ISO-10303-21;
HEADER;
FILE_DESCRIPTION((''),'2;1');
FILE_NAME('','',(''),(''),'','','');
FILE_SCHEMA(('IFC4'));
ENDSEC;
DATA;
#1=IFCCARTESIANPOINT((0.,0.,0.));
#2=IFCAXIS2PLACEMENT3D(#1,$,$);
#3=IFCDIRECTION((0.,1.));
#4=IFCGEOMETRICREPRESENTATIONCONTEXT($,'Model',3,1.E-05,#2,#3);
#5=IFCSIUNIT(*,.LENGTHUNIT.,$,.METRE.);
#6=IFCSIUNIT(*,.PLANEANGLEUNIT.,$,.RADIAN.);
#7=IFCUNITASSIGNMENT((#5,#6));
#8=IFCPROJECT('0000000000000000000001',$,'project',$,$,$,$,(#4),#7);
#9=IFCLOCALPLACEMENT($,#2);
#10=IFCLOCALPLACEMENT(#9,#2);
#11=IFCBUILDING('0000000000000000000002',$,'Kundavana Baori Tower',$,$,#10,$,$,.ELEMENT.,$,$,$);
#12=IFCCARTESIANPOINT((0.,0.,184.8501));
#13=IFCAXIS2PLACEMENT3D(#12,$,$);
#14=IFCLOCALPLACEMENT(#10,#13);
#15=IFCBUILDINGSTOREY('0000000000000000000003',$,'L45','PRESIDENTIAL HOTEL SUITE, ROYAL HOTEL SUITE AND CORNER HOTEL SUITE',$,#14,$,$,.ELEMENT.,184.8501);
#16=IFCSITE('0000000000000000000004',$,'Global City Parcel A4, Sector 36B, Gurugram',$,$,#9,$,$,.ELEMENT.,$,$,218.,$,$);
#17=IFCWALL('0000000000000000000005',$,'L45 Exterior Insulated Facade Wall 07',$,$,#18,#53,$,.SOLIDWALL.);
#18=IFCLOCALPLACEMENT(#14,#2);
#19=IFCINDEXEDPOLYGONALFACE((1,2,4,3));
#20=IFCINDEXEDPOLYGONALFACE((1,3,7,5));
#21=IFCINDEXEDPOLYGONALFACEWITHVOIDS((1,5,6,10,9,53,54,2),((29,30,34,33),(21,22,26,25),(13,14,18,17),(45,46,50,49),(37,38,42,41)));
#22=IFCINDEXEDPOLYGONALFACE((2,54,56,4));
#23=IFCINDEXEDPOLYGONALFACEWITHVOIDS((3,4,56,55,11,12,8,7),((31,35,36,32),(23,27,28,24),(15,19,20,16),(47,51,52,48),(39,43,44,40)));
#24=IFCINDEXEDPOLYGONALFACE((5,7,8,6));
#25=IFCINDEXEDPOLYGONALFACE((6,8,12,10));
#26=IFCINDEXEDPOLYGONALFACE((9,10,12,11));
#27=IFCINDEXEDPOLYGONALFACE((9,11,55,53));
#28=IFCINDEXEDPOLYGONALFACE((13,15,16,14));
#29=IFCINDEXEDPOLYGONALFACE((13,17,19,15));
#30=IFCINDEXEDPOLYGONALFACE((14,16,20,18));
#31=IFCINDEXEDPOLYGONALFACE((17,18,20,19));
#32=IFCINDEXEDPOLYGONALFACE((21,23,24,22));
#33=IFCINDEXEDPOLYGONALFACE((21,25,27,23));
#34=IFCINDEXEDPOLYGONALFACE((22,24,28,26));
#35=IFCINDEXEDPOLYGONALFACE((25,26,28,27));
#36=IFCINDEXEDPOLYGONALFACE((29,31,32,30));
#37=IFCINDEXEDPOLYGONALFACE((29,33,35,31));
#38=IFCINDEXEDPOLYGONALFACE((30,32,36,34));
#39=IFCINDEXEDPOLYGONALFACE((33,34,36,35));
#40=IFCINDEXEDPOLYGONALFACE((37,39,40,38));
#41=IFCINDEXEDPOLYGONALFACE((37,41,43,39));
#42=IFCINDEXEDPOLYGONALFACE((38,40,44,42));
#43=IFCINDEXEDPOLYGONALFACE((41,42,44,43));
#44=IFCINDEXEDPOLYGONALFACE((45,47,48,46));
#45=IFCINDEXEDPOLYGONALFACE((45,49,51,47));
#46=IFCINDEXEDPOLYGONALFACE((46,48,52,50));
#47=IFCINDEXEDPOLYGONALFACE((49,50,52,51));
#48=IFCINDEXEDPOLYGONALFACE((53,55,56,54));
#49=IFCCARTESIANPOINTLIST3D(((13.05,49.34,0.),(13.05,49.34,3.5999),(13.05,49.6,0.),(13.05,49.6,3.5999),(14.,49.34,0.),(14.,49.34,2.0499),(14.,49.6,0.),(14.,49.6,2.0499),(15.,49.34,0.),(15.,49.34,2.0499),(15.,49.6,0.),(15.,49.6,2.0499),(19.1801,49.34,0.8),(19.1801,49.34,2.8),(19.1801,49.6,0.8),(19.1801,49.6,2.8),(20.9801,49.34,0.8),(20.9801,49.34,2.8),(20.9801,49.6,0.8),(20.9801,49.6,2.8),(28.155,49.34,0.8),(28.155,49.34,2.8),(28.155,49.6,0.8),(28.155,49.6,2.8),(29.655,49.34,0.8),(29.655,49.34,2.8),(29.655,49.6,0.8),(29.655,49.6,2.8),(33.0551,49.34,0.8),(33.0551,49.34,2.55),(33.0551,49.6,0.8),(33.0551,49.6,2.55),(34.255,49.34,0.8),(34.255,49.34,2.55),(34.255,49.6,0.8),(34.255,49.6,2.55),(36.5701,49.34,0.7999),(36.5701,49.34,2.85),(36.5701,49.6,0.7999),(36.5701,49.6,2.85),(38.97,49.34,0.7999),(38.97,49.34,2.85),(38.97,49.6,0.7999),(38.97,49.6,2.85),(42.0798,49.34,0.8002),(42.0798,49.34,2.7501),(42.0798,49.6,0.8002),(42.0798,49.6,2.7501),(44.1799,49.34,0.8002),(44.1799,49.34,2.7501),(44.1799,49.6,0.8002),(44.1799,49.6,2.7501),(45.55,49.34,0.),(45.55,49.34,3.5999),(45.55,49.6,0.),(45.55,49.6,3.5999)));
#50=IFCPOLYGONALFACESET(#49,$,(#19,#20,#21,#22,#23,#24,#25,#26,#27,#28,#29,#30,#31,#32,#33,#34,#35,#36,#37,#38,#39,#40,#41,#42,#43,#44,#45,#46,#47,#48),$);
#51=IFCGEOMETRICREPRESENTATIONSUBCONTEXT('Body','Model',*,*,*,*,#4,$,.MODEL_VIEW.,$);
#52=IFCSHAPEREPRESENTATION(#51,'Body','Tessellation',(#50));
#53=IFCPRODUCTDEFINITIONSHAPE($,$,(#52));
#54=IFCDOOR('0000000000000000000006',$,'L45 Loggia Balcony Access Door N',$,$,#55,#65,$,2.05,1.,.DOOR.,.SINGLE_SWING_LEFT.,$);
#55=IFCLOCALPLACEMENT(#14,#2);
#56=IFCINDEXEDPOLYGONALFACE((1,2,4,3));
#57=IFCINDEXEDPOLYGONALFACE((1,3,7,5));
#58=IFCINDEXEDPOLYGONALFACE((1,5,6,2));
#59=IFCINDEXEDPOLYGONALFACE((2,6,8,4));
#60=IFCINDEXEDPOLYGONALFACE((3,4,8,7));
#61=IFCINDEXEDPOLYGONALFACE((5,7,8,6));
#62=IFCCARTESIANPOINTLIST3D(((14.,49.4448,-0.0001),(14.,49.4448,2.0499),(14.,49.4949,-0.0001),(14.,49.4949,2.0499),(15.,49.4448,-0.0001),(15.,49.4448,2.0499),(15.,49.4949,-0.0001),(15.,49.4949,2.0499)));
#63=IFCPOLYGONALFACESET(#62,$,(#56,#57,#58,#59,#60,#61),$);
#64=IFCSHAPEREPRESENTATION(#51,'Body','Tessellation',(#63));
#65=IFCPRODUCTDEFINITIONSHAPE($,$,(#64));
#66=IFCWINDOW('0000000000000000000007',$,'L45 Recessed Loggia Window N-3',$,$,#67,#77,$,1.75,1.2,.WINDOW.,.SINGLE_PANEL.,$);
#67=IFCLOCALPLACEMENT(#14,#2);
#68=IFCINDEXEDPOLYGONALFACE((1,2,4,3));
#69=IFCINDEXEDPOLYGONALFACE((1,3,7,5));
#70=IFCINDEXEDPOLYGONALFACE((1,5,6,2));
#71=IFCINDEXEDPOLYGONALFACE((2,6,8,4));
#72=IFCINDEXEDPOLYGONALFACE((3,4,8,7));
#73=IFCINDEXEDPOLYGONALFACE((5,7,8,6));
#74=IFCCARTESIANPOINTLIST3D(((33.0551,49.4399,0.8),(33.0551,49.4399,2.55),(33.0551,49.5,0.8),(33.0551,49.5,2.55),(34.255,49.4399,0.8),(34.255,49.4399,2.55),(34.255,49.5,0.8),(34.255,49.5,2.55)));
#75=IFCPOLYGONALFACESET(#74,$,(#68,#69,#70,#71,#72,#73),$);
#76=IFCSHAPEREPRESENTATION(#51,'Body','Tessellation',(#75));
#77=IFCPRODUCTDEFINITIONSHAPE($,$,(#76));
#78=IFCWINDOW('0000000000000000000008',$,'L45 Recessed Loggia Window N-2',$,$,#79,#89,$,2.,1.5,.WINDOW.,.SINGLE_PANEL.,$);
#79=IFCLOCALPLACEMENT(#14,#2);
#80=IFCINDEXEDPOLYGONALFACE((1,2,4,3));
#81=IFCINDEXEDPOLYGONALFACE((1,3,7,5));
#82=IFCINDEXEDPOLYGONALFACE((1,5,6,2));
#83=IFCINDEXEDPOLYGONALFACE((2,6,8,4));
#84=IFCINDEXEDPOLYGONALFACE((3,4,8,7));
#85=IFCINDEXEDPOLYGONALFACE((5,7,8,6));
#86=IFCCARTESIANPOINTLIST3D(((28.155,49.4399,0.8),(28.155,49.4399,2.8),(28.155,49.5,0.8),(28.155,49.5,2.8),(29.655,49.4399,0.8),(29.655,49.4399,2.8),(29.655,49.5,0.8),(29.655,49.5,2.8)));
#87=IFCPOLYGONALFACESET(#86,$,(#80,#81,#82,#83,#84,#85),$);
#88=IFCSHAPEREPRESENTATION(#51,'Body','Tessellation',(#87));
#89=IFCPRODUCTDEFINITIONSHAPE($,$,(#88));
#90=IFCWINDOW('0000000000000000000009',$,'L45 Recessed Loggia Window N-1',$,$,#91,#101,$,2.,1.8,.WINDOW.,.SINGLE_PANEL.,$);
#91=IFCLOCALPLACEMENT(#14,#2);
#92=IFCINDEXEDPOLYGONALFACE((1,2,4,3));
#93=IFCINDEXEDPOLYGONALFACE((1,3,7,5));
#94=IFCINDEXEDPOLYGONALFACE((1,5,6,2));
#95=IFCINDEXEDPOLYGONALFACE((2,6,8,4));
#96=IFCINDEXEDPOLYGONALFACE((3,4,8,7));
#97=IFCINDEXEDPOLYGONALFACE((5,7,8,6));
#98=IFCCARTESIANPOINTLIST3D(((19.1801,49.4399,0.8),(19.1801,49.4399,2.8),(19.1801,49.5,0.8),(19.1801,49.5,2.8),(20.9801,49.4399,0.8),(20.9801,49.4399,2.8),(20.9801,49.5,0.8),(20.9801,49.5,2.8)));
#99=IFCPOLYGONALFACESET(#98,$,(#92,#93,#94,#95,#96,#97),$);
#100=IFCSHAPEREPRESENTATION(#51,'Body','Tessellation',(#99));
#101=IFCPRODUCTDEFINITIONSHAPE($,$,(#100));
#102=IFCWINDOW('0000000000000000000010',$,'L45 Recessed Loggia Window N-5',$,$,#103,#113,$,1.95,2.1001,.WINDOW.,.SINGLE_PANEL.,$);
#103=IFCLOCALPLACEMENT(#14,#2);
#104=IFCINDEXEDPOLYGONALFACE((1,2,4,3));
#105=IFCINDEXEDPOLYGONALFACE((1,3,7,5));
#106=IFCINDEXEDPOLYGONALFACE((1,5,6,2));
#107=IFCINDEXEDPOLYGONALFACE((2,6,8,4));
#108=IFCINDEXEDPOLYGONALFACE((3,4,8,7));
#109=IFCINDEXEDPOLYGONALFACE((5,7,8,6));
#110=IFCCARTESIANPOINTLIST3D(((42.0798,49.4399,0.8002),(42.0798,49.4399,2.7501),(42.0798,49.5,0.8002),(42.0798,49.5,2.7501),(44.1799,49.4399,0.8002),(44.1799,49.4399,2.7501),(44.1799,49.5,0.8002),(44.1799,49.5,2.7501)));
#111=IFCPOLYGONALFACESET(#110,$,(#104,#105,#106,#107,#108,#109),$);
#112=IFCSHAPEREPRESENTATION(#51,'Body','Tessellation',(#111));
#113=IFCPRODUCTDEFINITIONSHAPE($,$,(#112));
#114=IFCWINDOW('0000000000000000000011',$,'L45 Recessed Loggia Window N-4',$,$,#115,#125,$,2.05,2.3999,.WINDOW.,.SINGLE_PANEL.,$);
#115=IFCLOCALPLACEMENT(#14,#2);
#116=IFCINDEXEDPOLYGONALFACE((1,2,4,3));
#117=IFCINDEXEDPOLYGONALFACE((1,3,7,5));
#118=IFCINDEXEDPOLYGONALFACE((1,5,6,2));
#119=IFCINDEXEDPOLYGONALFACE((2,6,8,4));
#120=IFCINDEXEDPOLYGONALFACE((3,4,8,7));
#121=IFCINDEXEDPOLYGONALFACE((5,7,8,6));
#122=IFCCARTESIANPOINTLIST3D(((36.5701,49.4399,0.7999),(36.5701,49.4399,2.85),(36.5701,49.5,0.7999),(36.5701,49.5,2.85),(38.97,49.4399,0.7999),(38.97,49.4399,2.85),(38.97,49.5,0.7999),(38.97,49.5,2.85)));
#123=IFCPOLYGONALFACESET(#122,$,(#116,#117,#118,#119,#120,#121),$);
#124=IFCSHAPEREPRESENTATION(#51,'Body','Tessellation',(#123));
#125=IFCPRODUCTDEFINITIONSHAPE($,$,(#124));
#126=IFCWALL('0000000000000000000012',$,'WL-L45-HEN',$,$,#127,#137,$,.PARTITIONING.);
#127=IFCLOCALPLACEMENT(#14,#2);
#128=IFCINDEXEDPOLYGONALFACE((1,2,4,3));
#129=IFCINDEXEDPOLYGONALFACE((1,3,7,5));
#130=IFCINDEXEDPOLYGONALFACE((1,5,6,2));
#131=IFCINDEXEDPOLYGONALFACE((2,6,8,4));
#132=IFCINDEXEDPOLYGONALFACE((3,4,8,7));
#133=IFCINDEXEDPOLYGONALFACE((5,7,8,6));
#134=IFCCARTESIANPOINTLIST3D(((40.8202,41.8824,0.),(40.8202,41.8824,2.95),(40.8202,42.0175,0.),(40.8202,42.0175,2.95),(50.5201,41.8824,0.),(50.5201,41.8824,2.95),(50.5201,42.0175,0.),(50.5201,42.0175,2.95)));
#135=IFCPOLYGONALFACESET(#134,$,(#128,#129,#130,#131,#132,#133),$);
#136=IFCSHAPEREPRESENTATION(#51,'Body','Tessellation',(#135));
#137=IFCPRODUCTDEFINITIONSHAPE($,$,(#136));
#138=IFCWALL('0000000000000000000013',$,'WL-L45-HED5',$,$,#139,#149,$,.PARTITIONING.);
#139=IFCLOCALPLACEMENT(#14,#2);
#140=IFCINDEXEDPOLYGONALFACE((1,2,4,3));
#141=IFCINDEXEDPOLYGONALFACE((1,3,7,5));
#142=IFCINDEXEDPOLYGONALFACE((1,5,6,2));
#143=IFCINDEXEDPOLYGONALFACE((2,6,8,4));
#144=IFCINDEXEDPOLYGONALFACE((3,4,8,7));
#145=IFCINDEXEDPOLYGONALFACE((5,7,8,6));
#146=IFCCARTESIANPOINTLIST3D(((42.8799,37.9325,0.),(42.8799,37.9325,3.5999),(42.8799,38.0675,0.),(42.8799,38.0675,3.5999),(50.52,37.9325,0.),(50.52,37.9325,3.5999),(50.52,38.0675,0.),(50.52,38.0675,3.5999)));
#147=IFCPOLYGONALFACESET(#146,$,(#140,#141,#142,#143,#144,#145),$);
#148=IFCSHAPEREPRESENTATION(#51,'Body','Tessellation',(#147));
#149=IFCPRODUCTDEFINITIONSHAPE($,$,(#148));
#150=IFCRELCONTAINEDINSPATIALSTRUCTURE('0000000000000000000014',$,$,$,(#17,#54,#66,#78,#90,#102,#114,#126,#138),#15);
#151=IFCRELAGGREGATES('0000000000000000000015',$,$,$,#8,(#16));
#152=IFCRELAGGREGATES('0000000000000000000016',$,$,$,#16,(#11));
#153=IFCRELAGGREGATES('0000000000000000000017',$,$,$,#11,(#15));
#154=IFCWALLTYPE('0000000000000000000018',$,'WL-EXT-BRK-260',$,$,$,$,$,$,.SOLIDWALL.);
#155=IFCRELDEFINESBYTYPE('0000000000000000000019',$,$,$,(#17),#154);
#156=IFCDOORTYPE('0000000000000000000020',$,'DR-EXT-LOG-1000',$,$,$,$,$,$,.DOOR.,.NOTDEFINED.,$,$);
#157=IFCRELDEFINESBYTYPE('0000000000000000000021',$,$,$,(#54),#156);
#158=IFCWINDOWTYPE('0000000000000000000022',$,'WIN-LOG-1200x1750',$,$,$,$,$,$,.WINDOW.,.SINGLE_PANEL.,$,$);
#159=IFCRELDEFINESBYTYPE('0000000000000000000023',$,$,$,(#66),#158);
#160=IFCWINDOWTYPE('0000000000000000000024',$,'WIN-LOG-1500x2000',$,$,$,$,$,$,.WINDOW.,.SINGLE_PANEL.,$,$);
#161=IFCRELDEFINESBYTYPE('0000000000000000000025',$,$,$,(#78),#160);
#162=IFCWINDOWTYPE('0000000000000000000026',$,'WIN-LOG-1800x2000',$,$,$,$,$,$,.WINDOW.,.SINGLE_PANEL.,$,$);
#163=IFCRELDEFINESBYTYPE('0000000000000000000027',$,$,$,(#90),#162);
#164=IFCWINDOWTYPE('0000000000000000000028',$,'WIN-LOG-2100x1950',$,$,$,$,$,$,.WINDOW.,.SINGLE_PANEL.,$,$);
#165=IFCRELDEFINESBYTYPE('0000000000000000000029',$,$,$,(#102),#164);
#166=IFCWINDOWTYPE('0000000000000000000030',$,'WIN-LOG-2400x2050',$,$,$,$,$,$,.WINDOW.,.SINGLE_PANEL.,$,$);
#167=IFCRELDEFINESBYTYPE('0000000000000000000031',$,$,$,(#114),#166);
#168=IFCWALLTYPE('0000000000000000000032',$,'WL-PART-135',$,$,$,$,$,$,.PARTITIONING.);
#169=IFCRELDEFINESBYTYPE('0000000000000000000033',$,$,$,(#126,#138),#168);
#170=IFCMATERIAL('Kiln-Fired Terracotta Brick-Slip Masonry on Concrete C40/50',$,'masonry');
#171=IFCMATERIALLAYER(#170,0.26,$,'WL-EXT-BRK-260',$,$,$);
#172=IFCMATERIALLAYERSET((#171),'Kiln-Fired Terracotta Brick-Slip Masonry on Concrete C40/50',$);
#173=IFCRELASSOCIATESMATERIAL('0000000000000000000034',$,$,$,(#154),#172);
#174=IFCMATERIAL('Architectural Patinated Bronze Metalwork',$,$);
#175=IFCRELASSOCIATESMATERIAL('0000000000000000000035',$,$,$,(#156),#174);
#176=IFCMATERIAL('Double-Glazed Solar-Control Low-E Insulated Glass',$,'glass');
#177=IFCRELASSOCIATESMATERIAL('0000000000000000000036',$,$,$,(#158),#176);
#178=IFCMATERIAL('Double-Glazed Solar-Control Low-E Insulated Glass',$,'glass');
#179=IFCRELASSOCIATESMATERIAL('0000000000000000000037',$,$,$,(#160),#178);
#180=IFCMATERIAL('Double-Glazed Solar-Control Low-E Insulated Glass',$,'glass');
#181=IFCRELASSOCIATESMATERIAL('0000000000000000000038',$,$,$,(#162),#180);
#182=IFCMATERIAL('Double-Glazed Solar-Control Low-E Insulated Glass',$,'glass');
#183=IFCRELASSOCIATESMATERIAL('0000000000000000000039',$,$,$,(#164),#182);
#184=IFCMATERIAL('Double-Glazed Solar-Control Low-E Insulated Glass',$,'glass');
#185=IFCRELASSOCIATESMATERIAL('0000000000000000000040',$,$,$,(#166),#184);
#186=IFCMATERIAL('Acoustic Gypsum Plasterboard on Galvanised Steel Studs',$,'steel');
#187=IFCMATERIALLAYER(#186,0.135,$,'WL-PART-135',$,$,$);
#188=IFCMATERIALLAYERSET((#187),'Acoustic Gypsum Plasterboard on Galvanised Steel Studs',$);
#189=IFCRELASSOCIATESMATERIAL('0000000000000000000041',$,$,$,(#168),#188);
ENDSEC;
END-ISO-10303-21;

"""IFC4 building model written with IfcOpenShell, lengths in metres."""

from ifc_helpers import new_model, si_unit, direction, frame, frame_2d, origin, place, context, subcontext, project, spatial, rectangle, extrude, material, layer, layer_set, type_object, element, fill, save


model = new_model("IFC4")

# Units and contexts
model_context = context("Model", 3, precision=1e-05, world=origin(), true_north=direction((0.0, 1.0)))
body_context = subcontext(model_context, "Body", "Model", "MODEL_VIEW")
ifc_project = project(units=[si_unit("LENGTHUNIT", "METRE"), si_unit("PLANEANGLEUNIT", "RADIAN")], contexts=[model_context])

# Site, building, storey
site_placement = place(None, origin())
site = spatial("IfcSite", under=ifc_project, at=site_placement, Name="Global City Parcel A4, Sector 36B, Gurugram", CompositionType="ELEMENT", RefElevation=218.0)
building_placement = place(site_placement, origin())
building = spatial("IfcBuilding", under=site, at=building_placement, Name="Kundavana Baori Tower", CompositionType="ELEMENT")
storey_placement = place(building_placement, frame((0.0, 0.0, 184.8501)))
storey = spatial("IfcBuildingStorey", under=building, at=storey_placement, Name="L45", Description="PRESIDENTIAL HOTEL SUITE, ROYAL HOTEL SUITE AND CORNER HOTEL SUITE", CompositionType="ELEMENT", Elevation=184.8501)

# Shared definitions
ifc_material_1 = material(Name="Kiln-Fired Terracotta Brick-Slip Masonry on Concrete C40/50", Category="masonry")
ifc_layer_1 = layer(ifc_material_1, 0.26, Name="WL-EXT-BRK-260")
ifc_layer_set_1 = layer_set([ifc_layer_1], Name="Kiln-Fired Terracotta Brick-Slip Masonry on Concrete C40/50")
wall_type_1 = type_object("IfcWallType", Name="WL-EXT-BRK-260", PredefinedType="SOLIDWALL", material=ifc_layer_set_1)

# Wall, openings, door, windows
wall_1_placement = place(storey_placement, frame((45.55, 49.47, 0.0), z_axis=(0.0, 0.0, 1.0), x_axis=(-1.0, 0.0, 0.0)))
wall_1 = element("IfcWall", 1, at=wall_1_placement, inside=storey, type_object=wall_type_1, Name="L45 Exterior Insulated Facade Wall 07", PredefinedType="SOLIDWALL", context=body_context, shape_type="SweptSolid", body=[
    extrude(rectangle(XDim=32.5, YDim=0.26, at=frame_2d((16.25, 0.0))), origin(), (0.0, 0.0, 1.0), 3.5999),
])
opening_1_placement = place(wall_1_placement, frame((30.55, 0.0, 0.0)))
opening_1 = element("IfcOpeningElement", 2, at=opening_1_placement, cuts=wall_1, PredefinedType="OPENING", context=body_context, shape_type="SweptSolid", body=[
    extrude(rectangle(XDim=1.0, YDim=2.05, at=frame_2d((0.5, 1.0249))), frame((0.0, 0.1401, 0.0), z_axis=(0.0, -1.0, 0.0), x_axis=(1.0, 0.0, 0.0)), (0.0, 0.0, 1.0), 0.28),
])
opening_2_placement = place(wall_1_placement, frame((24.5701, 0.0, 0.8)))
opening_2 = element("IfcOpeningElement", 3, at=opening_2_placement, cuts=wall_1, PredefinedType="OPENING", context=body_context, shape_type="SweptSolid", body=[
    extrude(rectangle(XDim=1.8, YDim=2.0, at=frame_2d((0.8999, 1.0))), frame((0.0, 0.1401, 0.0), z_axis=(0.0, -1.0, 0.0), x_axis=(1.0, 0.0, 0.0)), (0.0, 0.0, 1.0), 0.28),
])
opening_3_placement = place(wall_1_placement, frame((15.895, 0.0, 0.8)))
opening_3 = element("IfcOpeningElement", 4, at=opening_3_placement, cuts=wall_1, PredefinedType="OPENING", context=body_context, shape_type="SweptSolid", body=[
    extrude(rectangle(XDim=1.5, YDim=2.0, at=frame_2d((0.75, 1.0))), frame((0.0, 0.1401, 0.0), z_axis=(0.0, -1.0, 0.0), x_axis=(1.0, 0.0, 0.0)), (0.0, 0.0, 1.0), 0.28),
])
opening_4_placement = place(wall_1_placement, frame((11.2949, 0.0, 0.8)))
opening_4 = element("IfcOpeningElement", 5, at=opening_4_placement, cuts=wall_1, PredefinedType="OPENING", context=body_context, shape_type="SweptSolid", body=[
    extrude(rectangle(XDim=1.2, YDim=1.75, at=frame_2d((0.6001, 0.875))), frame((0.0, 0.1401, 0.0), z_axis=(0.0, -1.0, 0.0), x_axis=(1.0, 0.0, 0.0)), (0.0, 0.0, 1.0), 0.28),
])
opening_5_placement = place(wall_1_placement, frame((6.5801, 0.0, 0.8)))
opening_5 = element("IfcOpeningElement", 6, at=opening_5_placement, cuts=wall_1, PredefinedType="OPENING", context=body_context, shape_type="SweptSolid", body=[
    extrude(rectangle(XDim=2.3999, YDim=2.05, at=frame_2d((1.2, 1.0249))), frame((0.0, 0.1401, 0.0), z_axis=(0.0, -1.0, 0.0), x_axis=(1.0, 0.0, 0.0)), (0.0, 0.0, 1.0), 0.28),
])
opening_6_placement = place(wall_1_placement, frame((1.3701, 0.0, 0.8)))
opening_6 = element("IfcOpeningElement", 7, at=opening_6_placement, cuts=wall_1, PredefinedType="OPENING", context=body_context, shape_type="SweptSolid", body=[
    extrude(rectangle(XDim=2.1001, YDim=1.95, at=frame_2d((1.05, 0.9751))), frame((0.0, 0.1401, 0.0), z_axis=(0.0, -1.0, 0.0), x_axis=(1.0, 0.0, 0.0)), (0.0, 0.0, 1.0), 0.28),
])
ifc_material_2 = material(Name="Architectural Patinated Bronze Metalwork")
door_type_1 = type_object("IfcDoorType", Name="DR-EXT-LOG-1000", OperationType="NOTDEFINED", PredefinedType="DOOR", material=ifc_material_2)
door_1_placement = place(opening_1_placement, frame((1.0, 0.0, 0.0), z_axis=(0.0, 0.0, 1.0), x_axis=(-1.0, 0.0, 0.0)))
door_1 = element("IfcDoor", 8, at=door_1_placement, inside=storey, type_object=door_type_1, Name="L45 Loggia Balcony Access Door N", OperationType="SINGLE_SWING_LEFT", OverallHeight=2.05, OverallWidth=1.0, PredefinedType="DOOR", context=body_context, shape_type="SweptSolid", body=[
    extrude(rectangle(XDim=1.0, YDim=2.05, at=frame_2d((0.5, 1.0249))), frame((0.0, 0.0249, 0.0), z_axis=(0.0, -1.0, 0.0), x_axis=(1.0, 0.0, 0.0)), (0.0, 0.0, 1.0), 0.05),
])
fill(opening_1, door_1)
ifc_material_3 = material(Name="Double-Glazed Solar-Control Low-E Insulated Glass", Category="glass")
window_type_1 = type_object("IfcWindowType", Name="WIN-LOG-1200x1750", PartitioningType="SINGLE_PANEL", PredefinedType="WINDOW", material=ifc_material_3)
window_1_placement = place(opening_4_placement, origin())
window_1 = element("IfcWindow", 9, at=window_1_placement, inside=storey, type_object=window_type_1, Name="L45 Recessed Loggia Window N-3", OverallHeight=1.75, OverallWidth=1.2, PartitioningType="SINGLE_PANEL", PredefinedType="WINDOW", context=body_context, shape_type="SweptSolid", body=[
    extrude(rectangle(XDim=1.2, YDim=1.75, at=frame_2d((0.6001, 0.875))), frame((0.0, 0.03, 0.0), z_axis=(0.0, -1.0, 0.0), x_axis=(1.0, 0.0, 0.0)), (0.0, 0.0, 1.0), 0.0601),
])
fill(opening_4, window_1)
ifc_material_4 = material(Name="Double-Glazed Solar-Control Low-E Insulated Glass", Category="glass")
window_type_2 = type_object("IfcWindowType", Name="WIN-LOG-1500x2000", PartitioningType="SINGLE_PANEL", PredefinedType="WINDOW", material=ifc_material_4)
window_2_placement = place(opening_3_placement, origin())
window_2 = element("IfcWindow", 10, at=window_2_placement, inside=storey, type_object=window_type_2, Name="L45 Recessed Loggia Window N-2", OverallHeight=2.0, OverallWidth=1.5, PartitioningType="SINGLE_PANEL", PredefinedType="WINDOW", context=body_context, shape_type="SweptSolid", body=[
    extrude(rectangle(XDim=1.5, YDim=2.0, at=frame_2d((0.75, 1.0))), frame((0.0, 0.03, 0.0), z_axis=(0.0, -1.0, 0.0), x_axis=(1.0, 0.0, 0.0)), (0.0, 0.0, 1.0), 0.0601),
])
fill(opening_3, window_2)
ifc_material_5 = material(Name="Double-Glazed Solar-Control Low-E Insulated Glass", Category="glass")
window_type_3 = type_object("IfcWindowType", Name="WIN-LOG-1800x2000", PartitioningType="SINGLE_PANEL", PredefinedType="WINDOW", material=ifc_material_5)
window_3_placement = place(opening_2_placement, origin())
window_3 = element("IfcWindow", 11, at=window_3_placement, inside=storey, type_object=window_type_3, Name="L45 Recessed Loggia Window N-1", OverallHeight=2.0, OverallWidth=1.8, PartitioningType="SINGLE_PANEL", PredefinedType="WINDOW", context=body_context, shape_type="SweptSolid", body=[
    extrude(rectangle(XDim=1.8, YDim=2.0, at=frame_2d((0.8999, 1.0))), frame((0.0, 0.03, 0.0), z_axis=(0.0, -1.0, 0.0), x_axis=(1.0, 0.0, 0.0)), (0.0, 0.0, 1.0), 0.0601),
])
fill(opening_2, window_3)
ifc_material_6 = material(Name="Double-Glazed Solar-Control Low-E Insulated Glass", Category="glass")
window_type_4 = type_object("IfcWindowType", Name="WIN-LOG-2100x1950", PartitioningType="SINGLE_PANEL", PredefinedType="WINDOW", material=ifc_material_6)
window_4_placement = place(opening_6_placement, origin())
window_4 = element("IfcWindow", 12, at=window_4_placement, inside=storey, type_object=window_type_4, Name="L45 Recessed Loggia Window N-5", OverallHeight=1.95, OverallWidth=2.1001, PartitioningType="SINGLE_PANEL", PredefinedType="WINDOW", context=body_context, shape_type="SweptSolid", body=[
    extrude(rectangle(XDim=2.1001, YDim=1.95, at=frame_2d((1.05, 0.9751))), frame((0.0, 0.03, 0.0), z_axis=(0.0, -1.0, 0.0), x_axis=(1.0, 0.0, 0.0)), (0.0, 0.0, 1.0), 0.0601),
])
fill(opening_6, window_4)
ifc_material_7 = material(Name="Double-Glazed Solar-Control Low-E Insulated Glass", Category="glass")
window_type_5 = type_object("IfcWindowType", Name="WIN-LOG-2400x2050", PartitioningType="SINGLE_PANEL", PredefinedType="WINDOW", material=ifc_material_7)
window_5_placement = place(opening_5_placement, origin())
window_5 = element("IfcWindow", 13, at=window_5_placement, inside=storey, type_object=window_type_5, Name="L45 Recessed Loggia Window N-4", OverallHeight=2.05, OverallWidth=2.3999, PartitioningType="SINGLE_PANEL", PredefinedType="WINDOW", context=body_context, shape_type="SweptSolid", body=[
    extrude(rectangle(XDim=2.3999, YDim=2.05, at=frame_2d((1.2, 1.0249))), frame((0.0, 0.03, 0.0), z_axis=(0.0, -1.0, 0.0), x_axis=(1.0, 0.0, 0.0)), (0.0, 0.0, 1.0), 0.0601),
])
fill(opening_5, window_5)

# Walls
ifc_material_8 = material(Name="Acoustic Gypsum Plasterboard on Galvanised Steel Studs", Category="steel")
ifc_layer_2 = layer(ifc_material_8, 0.135, Name="WL-PART-135")
ifc_layer_set_2 = layer_set([ifc_layer_2], Name="Acoustic Gypsum Plasterboard on Galvanised Steel Studs")
wall_type_2 = type_object("IfcWallType", Name="WL-PART-135", PredefinedType="PARTITIONING", material=ifc_layer_set_2)
wall_2_placement = place(storey_placement, frame((40.8201, 41.95, 0.0), z_axis=(0.0, 0.0, 1.0), x_axis=(1.0, 0.0, 0.0)))
element("IfcWall", 14, at=wall_2_placement, inside=storey, type_object=wall_type_2, Name="WL-L45-HEN", PredefinedType="PARTITIONING", context=body_context, shape_type="SweptSolid", body=[
    extrude(rectangle(XDim=9.7, YDim=0.135, at=frame_2d((4.8501, 0.0))), origin(), (0.0, 0.0, 1.0), 2.95),
])
wall_3_placement = place(storey_placement, frame((42.8799, 38.0, 0.0), z_axis=(0.0, 0.0, 1.0), x_axis=(1.0, 0.0, 0.0)))
element("IfcWall", 15, at=wall_3_placement, inside=storey, type_object=wall_type_2, Name="WL-L45-HED5", PredefinedType="PARTITIONING", context=body_context, shape_type="SweptSolid", body=[
    extrude(rectangle(XDim=7.6401, YDim=0.135, at=frame_2d((3.8201, 0.0))), origin(), (0.0, 0.0, 1.0), 3.5999),
])

save(model, "model.ifc")
